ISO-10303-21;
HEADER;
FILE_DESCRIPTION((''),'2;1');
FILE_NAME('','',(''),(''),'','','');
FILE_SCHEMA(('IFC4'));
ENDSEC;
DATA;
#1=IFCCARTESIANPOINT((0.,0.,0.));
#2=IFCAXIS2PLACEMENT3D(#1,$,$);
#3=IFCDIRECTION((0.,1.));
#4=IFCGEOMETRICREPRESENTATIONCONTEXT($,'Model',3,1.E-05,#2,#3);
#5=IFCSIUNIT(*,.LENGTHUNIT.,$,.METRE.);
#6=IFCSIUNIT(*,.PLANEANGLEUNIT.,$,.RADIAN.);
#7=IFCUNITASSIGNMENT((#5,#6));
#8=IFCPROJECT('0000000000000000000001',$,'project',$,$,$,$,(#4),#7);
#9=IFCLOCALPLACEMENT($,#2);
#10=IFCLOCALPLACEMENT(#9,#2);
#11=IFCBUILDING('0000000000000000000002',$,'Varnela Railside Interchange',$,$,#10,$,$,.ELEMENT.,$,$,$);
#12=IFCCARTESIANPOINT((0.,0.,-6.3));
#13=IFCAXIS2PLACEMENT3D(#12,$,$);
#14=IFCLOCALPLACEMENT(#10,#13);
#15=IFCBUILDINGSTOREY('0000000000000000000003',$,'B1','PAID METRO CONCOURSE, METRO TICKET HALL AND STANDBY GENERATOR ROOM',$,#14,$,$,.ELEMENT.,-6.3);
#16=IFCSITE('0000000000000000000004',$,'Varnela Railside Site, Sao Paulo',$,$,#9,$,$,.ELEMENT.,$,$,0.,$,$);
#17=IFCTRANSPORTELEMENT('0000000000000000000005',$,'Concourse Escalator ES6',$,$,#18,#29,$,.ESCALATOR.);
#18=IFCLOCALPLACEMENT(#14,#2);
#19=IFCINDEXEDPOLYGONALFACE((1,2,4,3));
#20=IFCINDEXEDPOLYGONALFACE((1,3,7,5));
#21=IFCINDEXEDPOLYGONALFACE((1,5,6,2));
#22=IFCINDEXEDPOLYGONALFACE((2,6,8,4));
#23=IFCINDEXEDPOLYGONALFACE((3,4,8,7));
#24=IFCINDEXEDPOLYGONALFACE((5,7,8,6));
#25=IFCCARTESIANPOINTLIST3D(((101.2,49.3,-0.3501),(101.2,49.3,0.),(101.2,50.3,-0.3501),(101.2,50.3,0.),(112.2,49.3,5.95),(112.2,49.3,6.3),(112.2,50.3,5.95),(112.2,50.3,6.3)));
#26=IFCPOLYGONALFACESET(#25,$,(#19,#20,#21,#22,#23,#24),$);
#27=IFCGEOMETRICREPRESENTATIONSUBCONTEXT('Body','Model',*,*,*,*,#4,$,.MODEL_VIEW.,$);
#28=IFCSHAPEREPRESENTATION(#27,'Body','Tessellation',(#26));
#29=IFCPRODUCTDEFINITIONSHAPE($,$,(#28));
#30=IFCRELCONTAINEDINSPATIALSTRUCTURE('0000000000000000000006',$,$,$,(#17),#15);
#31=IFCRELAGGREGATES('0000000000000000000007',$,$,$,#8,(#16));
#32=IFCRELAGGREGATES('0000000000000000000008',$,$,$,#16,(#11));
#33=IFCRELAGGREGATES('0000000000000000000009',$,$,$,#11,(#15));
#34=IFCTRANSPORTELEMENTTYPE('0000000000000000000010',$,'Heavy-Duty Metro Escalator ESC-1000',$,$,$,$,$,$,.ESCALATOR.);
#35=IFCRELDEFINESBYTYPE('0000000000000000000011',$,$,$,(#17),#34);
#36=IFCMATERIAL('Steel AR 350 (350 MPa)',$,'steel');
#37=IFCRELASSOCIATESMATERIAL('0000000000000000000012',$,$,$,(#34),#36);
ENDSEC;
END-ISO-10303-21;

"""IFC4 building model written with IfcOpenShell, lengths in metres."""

from ifc_helpers import new_model, si_unit, direction, frame, origin, place, context, subcontext, project, spatial, polyline, outline, extrude, material, type_object, element, save


model = new_model("IFC4")

# Units and contexts
model_context = context("Model", 3, precision=1e-05, world=origin(), true_north=direction((0.0, 1.0)))
body_context = subcontext(model_context, "Body", "Model", "MODEL_VIEW")
ifc_project = project(units=[si_unit("LENGTHUNIT", "METRE"), si_unit("PLANEANGLEUNIT", "RADIAN")], contexts=[model_context])

# Site, building, storey
site_placement = place(None, origin())
site = spatial("IfcSite", under=ifc_project, at=site_placement, Name="Varnela Railside Site, Sao Paulo", CompositionType="ELEMENT", RefElevation=0.0)
building_placement = place(site_placement, origin())
building = spatial("IfcBuilding", under=site, at=building_placement, Name="Varnela Railside Interchange", CompositionType="ELEMENT")
storey_placement = place(building_placement, frame((0.0, 0.0, -6.3)))
storey = spatial("IfcBuildingStorey", under=building, at=storey_placement, Name="B1", Description="PAID METRO CONCOURSE, METRO TICKET HALL AND STANDBY GENERATOR ROOM", CompositionType="ELEMENT", Elevation=-6.3)

# Shared definitions
ifc_material_1 = material(Name="Steel AR 350 (350 MPa)", Category="steel")

# Transport element
transport_element_type = type_object("IfcTransportElementType", Name="Heavy-Duty Metro Escalator ESC-1000", PredefinedType="ESCALATOR", material=ifc_material_1)
transport_element_placement = place(storey_placement, frame((101.2, 49.8, 0.0), z_axis=(0.0, 0.0, 1.0), x_axis=(1.0, 0.0, 0.0)))
element("IfcTransportElement", 1, at=transport_element_placement, inside=storey, type_object=transport_element_type, Name="Concourse Escalator ES6", PredefinedType="ESCALATOR", context=body_context, shape_type="SweptSolid", body=[
    extrude(outline(polyline([(0.0, -0.3501), (11.0, 5.95), (11.0, 6.3), (0.0, 0.0), (0.0, -0.3501)])), frame((0.0, 0.5, 0.0), z_axis=(0.0, -1.0, 0.0), x_axis=(1.0, 0.0, 0.0)), (0.0, 0.0, 1.0), 1.0),
])

save(model, "model.ifc")
